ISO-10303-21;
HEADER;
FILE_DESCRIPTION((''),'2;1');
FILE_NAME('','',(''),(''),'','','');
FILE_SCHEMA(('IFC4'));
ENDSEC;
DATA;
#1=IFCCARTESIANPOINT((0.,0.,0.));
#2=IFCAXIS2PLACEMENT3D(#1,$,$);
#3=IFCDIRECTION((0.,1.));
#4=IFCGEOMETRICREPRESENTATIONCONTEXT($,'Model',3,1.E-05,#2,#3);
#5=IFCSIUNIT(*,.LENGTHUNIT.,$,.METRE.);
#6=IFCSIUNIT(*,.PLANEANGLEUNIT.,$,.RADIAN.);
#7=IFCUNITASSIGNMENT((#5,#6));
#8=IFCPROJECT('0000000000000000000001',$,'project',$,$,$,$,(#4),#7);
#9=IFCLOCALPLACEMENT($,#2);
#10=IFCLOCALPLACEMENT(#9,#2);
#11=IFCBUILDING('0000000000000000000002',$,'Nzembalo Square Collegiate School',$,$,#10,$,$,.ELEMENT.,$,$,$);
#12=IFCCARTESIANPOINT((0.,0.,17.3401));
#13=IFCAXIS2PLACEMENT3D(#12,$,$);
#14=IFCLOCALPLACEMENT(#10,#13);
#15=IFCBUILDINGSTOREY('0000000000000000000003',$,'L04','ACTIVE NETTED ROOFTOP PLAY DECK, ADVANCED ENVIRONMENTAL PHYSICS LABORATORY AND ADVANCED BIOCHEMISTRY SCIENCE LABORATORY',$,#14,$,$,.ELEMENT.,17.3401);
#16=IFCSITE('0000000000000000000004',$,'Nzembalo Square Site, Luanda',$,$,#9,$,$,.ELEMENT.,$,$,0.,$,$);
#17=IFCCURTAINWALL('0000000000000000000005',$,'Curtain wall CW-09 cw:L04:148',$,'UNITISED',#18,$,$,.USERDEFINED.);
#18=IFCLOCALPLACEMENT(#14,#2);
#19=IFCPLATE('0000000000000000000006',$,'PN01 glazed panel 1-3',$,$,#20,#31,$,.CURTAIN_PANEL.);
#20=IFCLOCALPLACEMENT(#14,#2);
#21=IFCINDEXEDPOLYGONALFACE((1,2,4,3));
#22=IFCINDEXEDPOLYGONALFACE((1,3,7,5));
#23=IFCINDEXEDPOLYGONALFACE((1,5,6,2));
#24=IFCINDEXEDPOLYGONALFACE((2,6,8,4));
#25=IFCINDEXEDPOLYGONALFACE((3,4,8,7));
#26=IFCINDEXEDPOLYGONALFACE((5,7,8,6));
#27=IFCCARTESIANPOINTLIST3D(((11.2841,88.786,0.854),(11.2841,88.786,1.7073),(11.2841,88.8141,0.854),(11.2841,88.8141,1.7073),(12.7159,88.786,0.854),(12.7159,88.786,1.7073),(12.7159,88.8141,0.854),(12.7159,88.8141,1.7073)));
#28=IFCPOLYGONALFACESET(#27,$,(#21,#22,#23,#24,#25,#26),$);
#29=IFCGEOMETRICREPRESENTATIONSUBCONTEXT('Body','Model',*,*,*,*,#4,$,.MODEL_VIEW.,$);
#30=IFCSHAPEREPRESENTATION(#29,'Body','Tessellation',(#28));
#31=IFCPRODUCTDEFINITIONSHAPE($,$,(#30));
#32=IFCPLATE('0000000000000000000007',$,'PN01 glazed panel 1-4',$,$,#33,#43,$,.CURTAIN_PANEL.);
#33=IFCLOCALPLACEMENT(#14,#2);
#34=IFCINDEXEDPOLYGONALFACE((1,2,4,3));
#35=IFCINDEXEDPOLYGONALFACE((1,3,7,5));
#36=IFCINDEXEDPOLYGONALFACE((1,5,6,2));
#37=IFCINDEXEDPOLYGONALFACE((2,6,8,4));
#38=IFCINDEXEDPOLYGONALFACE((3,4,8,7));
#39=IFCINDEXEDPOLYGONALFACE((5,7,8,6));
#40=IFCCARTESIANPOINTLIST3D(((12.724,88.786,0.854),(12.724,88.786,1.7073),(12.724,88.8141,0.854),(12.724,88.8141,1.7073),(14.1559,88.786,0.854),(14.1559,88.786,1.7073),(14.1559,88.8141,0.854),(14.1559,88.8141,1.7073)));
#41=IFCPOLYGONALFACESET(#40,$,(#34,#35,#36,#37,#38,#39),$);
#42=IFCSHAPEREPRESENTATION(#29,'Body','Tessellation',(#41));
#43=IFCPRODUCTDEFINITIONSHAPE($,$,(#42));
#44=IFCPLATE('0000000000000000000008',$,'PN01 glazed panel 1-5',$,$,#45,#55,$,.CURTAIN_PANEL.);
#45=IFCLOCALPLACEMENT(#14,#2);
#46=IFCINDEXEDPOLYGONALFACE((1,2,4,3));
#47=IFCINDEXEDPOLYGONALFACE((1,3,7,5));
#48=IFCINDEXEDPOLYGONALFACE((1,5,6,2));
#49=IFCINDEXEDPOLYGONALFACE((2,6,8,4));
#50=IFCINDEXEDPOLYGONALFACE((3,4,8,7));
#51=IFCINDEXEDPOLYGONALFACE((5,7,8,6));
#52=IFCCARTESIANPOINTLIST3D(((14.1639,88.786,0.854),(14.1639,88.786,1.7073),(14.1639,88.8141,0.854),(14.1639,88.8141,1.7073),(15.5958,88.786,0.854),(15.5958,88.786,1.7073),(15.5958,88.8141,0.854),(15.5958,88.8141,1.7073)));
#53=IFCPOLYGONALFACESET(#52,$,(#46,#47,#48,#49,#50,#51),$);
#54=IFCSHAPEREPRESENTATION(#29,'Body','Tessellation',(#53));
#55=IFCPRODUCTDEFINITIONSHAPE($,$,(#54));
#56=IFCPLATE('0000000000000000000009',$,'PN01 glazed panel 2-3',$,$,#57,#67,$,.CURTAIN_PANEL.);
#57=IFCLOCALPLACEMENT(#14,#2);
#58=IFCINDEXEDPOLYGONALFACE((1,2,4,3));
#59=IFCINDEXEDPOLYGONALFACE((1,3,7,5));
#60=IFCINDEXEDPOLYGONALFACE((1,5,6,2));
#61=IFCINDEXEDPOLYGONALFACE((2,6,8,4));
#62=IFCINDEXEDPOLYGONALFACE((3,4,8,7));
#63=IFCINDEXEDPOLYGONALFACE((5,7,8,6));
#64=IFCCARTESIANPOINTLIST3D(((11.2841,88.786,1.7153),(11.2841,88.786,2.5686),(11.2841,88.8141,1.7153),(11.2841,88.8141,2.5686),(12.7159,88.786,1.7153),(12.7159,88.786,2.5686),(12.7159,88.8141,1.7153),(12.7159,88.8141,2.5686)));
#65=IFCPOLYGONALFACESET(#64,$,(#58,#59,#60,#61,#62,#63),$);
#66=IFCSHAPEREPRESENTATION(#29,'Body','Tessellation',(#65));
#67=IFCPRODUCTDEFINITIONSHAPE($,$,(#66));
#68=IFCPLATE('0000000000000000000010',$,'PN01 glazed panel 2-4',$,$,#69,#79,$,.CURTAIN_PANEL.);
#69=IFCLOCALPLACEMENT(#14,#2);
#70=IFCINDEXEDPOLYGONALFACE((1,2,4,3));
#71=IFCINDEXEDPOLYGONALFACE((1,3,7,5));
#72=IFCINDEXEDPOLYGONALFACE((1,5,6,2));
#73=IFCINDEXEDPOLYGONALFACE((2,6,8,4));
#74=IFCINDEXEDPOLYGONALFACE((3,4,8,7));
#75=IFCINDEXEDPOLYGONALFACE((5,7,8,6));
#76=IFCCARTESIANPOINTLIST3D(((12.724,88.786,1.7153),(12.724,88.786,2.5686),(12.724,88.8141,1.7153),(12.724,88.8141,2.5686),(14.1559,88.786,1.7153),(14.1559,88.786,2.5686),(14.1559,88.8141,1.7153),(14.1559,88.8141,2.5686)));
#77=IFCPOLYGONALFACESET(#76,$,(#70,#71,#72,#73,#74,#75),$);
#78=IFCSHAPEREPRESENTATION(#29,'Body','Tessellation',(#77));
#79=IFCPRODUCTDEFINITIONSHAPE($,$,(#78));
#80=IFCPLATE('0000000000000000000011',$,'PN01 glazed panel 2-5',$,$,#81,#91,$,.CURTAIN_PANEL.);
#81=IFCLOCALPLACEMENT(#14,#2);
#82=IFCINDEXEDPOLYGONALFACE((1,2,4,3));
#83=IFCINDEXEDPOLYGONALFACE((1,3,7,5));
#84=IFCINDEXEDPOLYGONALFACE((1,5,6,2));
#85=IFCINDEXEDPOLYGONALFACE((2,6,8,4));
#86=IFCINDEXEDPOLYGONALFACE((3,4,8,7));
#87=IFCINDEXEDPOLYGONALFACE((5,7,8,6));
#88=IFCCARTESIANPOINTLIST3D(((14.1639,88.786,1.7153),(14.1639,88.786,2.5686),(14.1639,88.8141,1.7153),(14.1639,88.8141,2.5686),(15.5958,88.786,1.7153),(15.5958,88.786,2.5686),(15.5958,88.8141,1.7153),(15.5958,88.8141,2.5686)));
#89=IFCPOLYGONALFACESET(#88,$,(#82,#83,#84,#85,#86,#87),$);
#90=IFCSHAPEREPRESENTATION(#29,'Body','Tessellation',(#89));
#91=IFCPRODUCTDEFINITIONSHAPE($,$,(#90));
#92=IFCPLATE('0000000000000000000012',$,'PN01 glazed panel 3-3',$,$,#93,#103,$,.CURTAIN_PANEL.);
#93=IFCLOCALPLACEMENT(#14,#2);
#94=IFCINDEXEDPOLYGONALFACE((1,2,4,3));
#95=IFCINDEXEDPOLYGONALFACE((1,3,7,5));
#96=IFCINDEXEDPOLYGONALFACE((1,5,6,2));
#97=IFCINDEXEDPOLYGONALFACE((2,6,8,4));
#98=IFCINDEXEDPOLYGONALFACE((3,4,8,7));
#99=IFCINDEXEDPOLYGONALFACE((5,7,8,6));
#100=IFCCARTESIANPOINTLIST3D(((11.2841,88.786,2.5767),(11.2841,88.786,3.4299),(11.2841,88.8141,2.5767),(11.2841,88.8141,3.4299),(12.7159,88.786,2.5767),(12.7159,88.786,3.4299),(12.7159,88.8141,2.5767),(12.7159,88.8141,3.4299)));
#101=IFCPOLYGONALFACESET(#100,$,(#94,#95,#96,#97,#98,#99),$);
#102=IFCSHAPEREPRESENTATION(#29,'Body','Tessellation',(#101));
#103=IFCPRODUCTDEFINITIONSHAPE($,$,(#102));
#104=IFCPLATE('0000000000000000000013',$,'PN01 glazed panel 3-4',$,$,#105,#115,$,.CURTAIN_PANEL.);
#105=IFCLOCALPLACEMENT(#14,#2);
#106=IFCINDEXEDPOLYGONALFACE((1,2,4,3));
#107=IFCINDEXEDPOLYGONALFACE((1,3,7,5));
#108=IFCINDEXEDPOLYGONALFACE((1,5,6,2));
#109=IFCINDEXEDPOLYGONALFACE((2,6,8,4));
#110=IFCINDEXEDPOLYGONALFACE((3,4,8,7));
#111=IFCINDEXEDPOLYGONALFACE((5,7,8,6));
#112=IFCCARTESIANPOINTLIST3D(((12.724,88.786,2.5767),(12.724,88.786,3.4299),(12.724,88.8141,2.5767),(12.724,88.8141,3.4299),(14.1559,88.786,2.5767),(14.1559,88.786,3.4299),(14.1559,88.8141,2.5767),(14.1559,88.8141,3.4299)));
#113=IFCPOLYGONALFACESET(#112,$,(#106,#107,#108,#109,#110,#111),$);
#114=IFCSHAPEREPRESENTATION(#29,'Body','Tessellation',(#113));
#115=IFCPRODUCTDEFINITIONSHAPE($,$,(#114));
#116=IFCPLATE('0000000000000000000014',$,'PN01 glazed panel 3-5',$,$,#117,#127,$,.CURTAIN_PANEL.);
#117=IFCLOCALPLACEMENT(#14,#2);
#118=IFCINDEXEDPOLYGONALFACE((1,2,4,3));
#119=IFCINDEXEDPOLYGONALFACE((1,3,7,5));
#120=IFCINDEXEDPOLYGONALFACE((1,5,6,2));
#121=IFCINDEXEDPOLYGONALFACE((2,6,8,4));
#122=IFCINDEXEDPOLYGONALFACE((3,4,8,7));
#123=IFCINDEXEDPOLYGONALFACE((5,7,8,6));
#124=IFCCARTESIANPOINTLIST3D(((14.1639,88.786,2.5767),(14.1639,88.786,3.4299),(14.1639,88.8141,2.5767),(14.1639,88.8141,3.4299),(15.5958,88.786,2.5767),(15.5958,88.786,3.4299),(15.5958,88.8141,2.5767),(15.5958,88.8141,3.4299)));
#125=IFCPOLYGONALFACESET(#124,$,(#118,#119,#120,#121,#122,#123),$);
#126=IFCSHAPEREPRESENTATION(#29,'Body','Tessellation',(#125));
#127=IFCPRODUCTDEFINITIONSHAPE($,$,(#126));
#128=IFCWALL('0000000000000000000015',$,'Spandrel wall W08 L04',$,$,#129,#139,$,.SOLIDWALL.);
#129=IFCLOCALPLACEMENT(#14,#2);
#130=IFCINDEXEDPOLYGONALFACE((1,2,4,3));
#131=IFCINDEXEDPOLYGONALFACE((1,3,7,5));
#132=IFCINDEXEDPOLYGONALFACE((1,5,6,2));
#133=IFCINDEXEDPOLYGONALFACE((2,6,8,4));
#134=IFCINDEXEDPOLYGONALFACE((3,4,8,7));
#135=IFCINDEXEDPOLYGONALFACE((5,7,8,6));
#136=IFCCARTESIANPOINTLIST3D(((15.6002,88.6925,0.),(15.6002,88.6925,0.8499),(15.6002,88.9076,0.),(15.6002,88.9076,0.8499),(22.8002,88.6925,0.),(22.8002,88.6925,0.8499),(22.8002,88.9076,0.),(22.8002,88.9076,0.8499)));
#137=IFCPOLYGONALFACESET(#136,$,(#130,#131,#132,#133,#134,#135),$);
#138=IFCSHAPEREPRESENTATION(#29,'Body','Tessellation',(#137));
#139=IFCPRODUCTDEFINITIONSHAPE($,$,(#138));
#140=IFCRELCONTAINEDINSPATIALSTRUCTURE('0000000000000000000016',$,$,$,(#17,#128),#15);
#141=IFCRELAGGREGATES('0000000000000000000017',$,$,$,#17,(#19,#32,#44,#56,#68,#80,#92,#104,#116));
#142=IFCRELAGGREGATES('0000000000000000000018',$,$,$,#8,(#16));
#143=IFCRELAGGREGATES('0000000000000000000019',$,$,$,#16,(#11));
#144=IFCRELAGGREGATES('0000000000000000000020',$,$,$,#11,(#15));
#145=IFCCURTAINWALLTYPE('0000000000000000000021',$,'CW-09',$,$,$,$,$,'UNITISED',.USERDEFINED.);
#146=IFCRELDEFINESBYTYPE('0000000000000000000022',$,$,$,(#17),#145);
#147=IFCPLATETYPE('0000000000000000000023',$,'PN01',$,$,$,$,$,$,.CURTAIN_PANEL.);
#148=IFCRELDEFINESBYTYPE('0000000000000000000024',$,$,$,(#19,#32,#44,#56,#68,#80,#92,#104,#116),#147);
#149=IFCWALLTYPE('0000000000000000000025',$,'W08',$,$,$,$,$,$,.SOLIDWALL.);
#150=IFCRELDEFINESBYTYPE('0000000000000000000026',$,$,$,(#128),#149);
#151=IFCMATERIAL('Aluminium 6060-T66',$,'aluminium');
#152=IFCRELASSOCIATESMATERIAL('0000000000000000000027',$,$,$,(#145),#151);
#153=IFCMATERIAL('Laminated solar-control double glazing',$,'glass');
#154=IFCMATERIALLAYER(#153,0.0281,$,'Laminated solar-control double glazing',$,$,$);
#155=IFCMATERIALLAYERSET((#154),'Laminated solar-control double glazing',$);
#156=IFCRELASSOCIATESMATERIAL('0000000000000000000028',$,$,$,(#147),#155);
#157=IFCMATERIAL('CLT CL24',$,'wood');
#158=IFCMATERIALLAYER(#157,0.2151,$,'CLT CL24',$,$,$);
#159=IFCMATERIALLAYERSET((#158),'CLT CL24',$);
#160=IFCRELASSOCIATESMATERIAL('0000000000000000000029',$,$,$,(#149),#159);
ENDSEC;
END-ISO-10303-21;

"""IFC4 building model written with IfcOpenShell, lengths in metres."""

from ifc_helpers import new_model, si_unit, direction, frame, frame_2d, origin, origin_2d, place, context, subcontext, project, spatial, rectangle, extrude, material, layer, layer_set, type_object, element, aggregate, save


model = new_model("IFC4")

# Units and contexts
model_context = context("Model", 3, precision=1e-05, world=origin(), true_north=direction((0.0, 1.0)))
body_context = subcontext(model_context, "Body", "Model", "MODEL_VIEW")
ifc_project = project(units=[si_unit("LENGTHUNIT", "METRE"), si_unit("PLANEANGLEUNIT", "RADIAN")], contexts=[model_context])

# Site, building, storey
site_placement = place(None, origin())
site = spatial("IfcSite", under=ifc_project, at=site_placement, Name="Nzembalo Square Site, Luanda", CompositionType="ELEMENT", RefElevation=0.0)
building_placement = place(site_placement, origin())
building = spatial("IfcBuilding", under=site, at=building_placement, Name="Nzembalo Square Collegiate School", CompositionType="ELEMENT")
storey_placement = place(building_placement, frame((0.0, 0.0, 17.3401)))
storey = spatial("IfcBuildingStorey", under=building, at=storey_placement, Name="L04", Description="ACTIVE NETTED ROOFTOP PLAY DECK, ADVANCED ENVIRONMENTAL PHYSICS LABORATORY AND ADVANCED BIOCHEMISTRY SCIENCE LABORATORY", CompositionType="ELEMENT", Elevation=17.3401)

# Curtain wall
ifc_material_1 = material(Name="Aluminium 6060-T66", Category="aluminium")
curtain_wall_type_1 = type_object("IfcCurtainWallType", Name="CW-09", ElementType="UNITISED", PredefinedType="USERDEFINED", material=ifc_material_1)
curtain_wall_1_placement = place(storey_placement, origin())
curtain_wall_1 = element("IfcCurtainWall", 1, at=curtain_wall_1_placement, inside=storey, type_object=curtain_wall_type_1, Name="Curtain wall CW-09 cw:L04:148", ObjectType="UNITISED", PredefinedType="USERDEFINED")

# Plates
ifc_material_2 = material(Name="Laminated solar-control double glazing", Category="glass")
ifc_layer_1 = layer(ifc_material_2, 0.0281, Name="Laminated solar-control double glazing")
ifc_layer_set_1 = layer_set([ifc_layer_1], Name="Laminated solar-control double glazing")
plate_type = type_object("IfcPlateType", Name="PN01", PredefinedType="CURTAIN_PANEL", material=ifc_layer_set_1)
plate_1_placement = place(storey_placement, frame((12.0, 88.8, 0.854), z_axis=(0.0, 0.0, 1.0), x_axis=(1.0, 0.0, 0.0)))
plate_1 = element("IfcPlate", 2, at=plate_1_placement, type_object=plate_type, Name="PN01 glazed panel 1-3", PredefinedType="CURTAIN_PANEL", context=body_context, shape_type="SweptSolid", body=[
    extrude(rectangle(XDim=1.4319, YDim=0.0281, at=origin_2d()), origin(), (0.0, 0.0, 1.0), 0.8533),
])
plate_2_placement = place(storey_placement, frame((13.4399, 88.8, 0.854), z_axis=(0.0, 0.0, 1.0), x_axis=(1.0, 0.0, 0.0)))
plate_2 = element("IfcPlate", 3, at=plate_2_placement, type_object=plate_type, Name="PN01 glazed panel 1-4", PredefinedType="CURTAIN_PANEL", context=body_context, shape_type="SweptSolid", body=[
    extrude(rectangle(XDim=1.4319, YDim=0.0281, at=origin_2d()), origin(), (0.0, 0.0, 1.0), 0.8533),
])
plate_3_placement = place(storey_placement, frame((14.8799, 88.8, 0.854), z_axis=(0.0, 0.0, 1.0), x_axis=(1.0, 0.0, 0.0)))
plate_3 = element("IfcPlate", 4, at=plate_3_placement, type_object=plate_type, Name="PN01 glazed panel 1-5", PredefinedType="CURTAIN_PANEL", context=body_context, shape_type="SweptSolid", body=[
    extrude(rectangle(XDim=1.4319, YDim=0.0281, at=origin_2d()), origin(), (0.0, 0.0, 1.0), 0.8533),
])
plate_4_placement = place(storey_placement, frame((12.0, 88.8, 1.7153), z_axis=(0.0, 0.0, 1.0), x_axis=(1.0, 0.0, 0.0)))
plate_4 = element("IfcPlate", 5, at=plate_4_placement, type_object=plate_type, Name="PN01 glazed panel 2-3", PredefinedType="CURTAIN_PANEL", context=body_context, shape_type="SweptSolid", body=[
    extrude(rectangle(XDim=1.4319, YDim=0.0281, at=origin_2d()), origin(), (0.0, 0.0, 1.0), 0.8533),
])
plate_5_placement = place(storey_placement, frame((13.4399, 88.8, 1.7153), z_axis=(0.0, 0.0, 1.0), x_axis=(1.0, 0.0, 0.0)))
plate_5 = element("IfcPlate", 6, at=plate_5_placement, type_object=plate_type, Name="PN01 glazed panel 2-4", PredefinedType="CURTAIN_PANEL", context=body_context, shape_type="SweptSolid", body=[
    extrude(rectangle(XDim=1.4319, YDim=0.0281, at=origin_2d()), origin(), (0.0, 0.0, 1.0), 0.8533),
])
plate_6_placement = place(storey_placement, frame((14.8799, 88.8, 1.7153), z_axis=(0.0, 0.0, 1.0), x_axis=(1.0, 0.0, 0.0)))
plate_6 = element("IfcPlate", 7, at=plate_6_placement, type_object=plate_type, Name="PN01 glazed panel 2-5", PredefinedType="CURTAIN_PANEL", context=body_context, shape_type="SweptSolid", body=[
    extrude(rectangle(XDim=1.4319, YDim=0.0281, at=origin_2d()), origin(), (0.0, 0.0, 1.0), 0.8533),
])
plate_7_placement = place(storey_placement, frame((12.0, 88.8, 2.5767), z_axis=(0.0, 0.0, 1.0), x_axis=(1.0, 0.0, 0.0)))
plate_7 = element("IfcPlate", 8, at=plate_7_placement, type_object=plate_type, Name="PN01 glazed panel 3-3", PredefinedType="CURTAIN_PANEL", context=body_context, shape_type="SweptSolid", body=[
    extrude(rectangle(XDim=1.4319, YDim=0.0281, at=origin_2d()), origin(), (0.0, 0.0, 1.0), 0.8533),
])
plate_8_placement = place(storey_placement, frame((13.4399, 88.8, 2.5767), z_axis=(0.0, 0.0, 1.0), x_axis=(1.0, 0.0, 0.0)))
plate_8 = element("IfcPlate", 9, at=plate_8_placement, type_object=plate_type, Name="PN01 glazed panel 3-4", PredefinedType="CURTAIN_PANEL", context=body_context, shape_type="SweptSolid", body=[
    extrude(rectangle(XDim=1.4319, YDim=0.0281, at=origin_2d()), origin(), (0.0, 0.0, 1.0), 0.8533),
])
plate_9_placement = place(storey_placement, frame((14.8799, 88.8, 2.5767), z_axis=(0.0, 0.0, 1.0), x_axis=(1.0, 0.0, 0.0)))
plate_9 = element("IfcPlate", 10, at=plate_9_placement, type_object=plate_type, Name="PN01 glazed panel 3-5", PredefinedType="CURTAIN_PANEL", context=body_context, shape_type="SweptSolid", body=[
    extrude(rectangle(XDim=1.4319, YDim=0.0281, at=origin_2d()), origin(), (0.0, 0.0, 1.0), 0.8533),
])
aggregate(curtain_wall_1, [plate_1, plate_2, plate_3, plate_4, plate_5, plate_6, plate_7, plate_8, plate_9])

# Wall
ifc_material_3 = material(Name="CLT CL24", Category="wood")
ifc_layer_2 = layer(ifc_material_3, 0.2151, Name="CLT CL24")
ifc_layer_set_2 = layer_set([ifc_layer_2], Name="CLT CL24")
wall_type = type_object("IfcWallType", Name="W08", PredefinedType="SOLIDWALL", material=ifc_layer_set_2)
wall_placement = place(storey_placement, frame((15.6001, 88.8, 0.0), z_axis=(0.0, 0.0, 1.0), x_axis=(1.0, 0.0, 0.0)))
element("IfcWall", 11, at=wall_placement, inside=storey, type_object=wall_type, Name="Spandrel wall W08 L04", PredefinedType="SOLIDWALL", context=body_context, shape_type="SweptSolid", body=[
    extrude(rectangle(XDim=7.2, YDim=0.2151, at=frame_2d((3.6001, 0.0))), origin(), (0.0, 0.0, 1.0), 0.8499),
])

save(model, "model.ifc")
